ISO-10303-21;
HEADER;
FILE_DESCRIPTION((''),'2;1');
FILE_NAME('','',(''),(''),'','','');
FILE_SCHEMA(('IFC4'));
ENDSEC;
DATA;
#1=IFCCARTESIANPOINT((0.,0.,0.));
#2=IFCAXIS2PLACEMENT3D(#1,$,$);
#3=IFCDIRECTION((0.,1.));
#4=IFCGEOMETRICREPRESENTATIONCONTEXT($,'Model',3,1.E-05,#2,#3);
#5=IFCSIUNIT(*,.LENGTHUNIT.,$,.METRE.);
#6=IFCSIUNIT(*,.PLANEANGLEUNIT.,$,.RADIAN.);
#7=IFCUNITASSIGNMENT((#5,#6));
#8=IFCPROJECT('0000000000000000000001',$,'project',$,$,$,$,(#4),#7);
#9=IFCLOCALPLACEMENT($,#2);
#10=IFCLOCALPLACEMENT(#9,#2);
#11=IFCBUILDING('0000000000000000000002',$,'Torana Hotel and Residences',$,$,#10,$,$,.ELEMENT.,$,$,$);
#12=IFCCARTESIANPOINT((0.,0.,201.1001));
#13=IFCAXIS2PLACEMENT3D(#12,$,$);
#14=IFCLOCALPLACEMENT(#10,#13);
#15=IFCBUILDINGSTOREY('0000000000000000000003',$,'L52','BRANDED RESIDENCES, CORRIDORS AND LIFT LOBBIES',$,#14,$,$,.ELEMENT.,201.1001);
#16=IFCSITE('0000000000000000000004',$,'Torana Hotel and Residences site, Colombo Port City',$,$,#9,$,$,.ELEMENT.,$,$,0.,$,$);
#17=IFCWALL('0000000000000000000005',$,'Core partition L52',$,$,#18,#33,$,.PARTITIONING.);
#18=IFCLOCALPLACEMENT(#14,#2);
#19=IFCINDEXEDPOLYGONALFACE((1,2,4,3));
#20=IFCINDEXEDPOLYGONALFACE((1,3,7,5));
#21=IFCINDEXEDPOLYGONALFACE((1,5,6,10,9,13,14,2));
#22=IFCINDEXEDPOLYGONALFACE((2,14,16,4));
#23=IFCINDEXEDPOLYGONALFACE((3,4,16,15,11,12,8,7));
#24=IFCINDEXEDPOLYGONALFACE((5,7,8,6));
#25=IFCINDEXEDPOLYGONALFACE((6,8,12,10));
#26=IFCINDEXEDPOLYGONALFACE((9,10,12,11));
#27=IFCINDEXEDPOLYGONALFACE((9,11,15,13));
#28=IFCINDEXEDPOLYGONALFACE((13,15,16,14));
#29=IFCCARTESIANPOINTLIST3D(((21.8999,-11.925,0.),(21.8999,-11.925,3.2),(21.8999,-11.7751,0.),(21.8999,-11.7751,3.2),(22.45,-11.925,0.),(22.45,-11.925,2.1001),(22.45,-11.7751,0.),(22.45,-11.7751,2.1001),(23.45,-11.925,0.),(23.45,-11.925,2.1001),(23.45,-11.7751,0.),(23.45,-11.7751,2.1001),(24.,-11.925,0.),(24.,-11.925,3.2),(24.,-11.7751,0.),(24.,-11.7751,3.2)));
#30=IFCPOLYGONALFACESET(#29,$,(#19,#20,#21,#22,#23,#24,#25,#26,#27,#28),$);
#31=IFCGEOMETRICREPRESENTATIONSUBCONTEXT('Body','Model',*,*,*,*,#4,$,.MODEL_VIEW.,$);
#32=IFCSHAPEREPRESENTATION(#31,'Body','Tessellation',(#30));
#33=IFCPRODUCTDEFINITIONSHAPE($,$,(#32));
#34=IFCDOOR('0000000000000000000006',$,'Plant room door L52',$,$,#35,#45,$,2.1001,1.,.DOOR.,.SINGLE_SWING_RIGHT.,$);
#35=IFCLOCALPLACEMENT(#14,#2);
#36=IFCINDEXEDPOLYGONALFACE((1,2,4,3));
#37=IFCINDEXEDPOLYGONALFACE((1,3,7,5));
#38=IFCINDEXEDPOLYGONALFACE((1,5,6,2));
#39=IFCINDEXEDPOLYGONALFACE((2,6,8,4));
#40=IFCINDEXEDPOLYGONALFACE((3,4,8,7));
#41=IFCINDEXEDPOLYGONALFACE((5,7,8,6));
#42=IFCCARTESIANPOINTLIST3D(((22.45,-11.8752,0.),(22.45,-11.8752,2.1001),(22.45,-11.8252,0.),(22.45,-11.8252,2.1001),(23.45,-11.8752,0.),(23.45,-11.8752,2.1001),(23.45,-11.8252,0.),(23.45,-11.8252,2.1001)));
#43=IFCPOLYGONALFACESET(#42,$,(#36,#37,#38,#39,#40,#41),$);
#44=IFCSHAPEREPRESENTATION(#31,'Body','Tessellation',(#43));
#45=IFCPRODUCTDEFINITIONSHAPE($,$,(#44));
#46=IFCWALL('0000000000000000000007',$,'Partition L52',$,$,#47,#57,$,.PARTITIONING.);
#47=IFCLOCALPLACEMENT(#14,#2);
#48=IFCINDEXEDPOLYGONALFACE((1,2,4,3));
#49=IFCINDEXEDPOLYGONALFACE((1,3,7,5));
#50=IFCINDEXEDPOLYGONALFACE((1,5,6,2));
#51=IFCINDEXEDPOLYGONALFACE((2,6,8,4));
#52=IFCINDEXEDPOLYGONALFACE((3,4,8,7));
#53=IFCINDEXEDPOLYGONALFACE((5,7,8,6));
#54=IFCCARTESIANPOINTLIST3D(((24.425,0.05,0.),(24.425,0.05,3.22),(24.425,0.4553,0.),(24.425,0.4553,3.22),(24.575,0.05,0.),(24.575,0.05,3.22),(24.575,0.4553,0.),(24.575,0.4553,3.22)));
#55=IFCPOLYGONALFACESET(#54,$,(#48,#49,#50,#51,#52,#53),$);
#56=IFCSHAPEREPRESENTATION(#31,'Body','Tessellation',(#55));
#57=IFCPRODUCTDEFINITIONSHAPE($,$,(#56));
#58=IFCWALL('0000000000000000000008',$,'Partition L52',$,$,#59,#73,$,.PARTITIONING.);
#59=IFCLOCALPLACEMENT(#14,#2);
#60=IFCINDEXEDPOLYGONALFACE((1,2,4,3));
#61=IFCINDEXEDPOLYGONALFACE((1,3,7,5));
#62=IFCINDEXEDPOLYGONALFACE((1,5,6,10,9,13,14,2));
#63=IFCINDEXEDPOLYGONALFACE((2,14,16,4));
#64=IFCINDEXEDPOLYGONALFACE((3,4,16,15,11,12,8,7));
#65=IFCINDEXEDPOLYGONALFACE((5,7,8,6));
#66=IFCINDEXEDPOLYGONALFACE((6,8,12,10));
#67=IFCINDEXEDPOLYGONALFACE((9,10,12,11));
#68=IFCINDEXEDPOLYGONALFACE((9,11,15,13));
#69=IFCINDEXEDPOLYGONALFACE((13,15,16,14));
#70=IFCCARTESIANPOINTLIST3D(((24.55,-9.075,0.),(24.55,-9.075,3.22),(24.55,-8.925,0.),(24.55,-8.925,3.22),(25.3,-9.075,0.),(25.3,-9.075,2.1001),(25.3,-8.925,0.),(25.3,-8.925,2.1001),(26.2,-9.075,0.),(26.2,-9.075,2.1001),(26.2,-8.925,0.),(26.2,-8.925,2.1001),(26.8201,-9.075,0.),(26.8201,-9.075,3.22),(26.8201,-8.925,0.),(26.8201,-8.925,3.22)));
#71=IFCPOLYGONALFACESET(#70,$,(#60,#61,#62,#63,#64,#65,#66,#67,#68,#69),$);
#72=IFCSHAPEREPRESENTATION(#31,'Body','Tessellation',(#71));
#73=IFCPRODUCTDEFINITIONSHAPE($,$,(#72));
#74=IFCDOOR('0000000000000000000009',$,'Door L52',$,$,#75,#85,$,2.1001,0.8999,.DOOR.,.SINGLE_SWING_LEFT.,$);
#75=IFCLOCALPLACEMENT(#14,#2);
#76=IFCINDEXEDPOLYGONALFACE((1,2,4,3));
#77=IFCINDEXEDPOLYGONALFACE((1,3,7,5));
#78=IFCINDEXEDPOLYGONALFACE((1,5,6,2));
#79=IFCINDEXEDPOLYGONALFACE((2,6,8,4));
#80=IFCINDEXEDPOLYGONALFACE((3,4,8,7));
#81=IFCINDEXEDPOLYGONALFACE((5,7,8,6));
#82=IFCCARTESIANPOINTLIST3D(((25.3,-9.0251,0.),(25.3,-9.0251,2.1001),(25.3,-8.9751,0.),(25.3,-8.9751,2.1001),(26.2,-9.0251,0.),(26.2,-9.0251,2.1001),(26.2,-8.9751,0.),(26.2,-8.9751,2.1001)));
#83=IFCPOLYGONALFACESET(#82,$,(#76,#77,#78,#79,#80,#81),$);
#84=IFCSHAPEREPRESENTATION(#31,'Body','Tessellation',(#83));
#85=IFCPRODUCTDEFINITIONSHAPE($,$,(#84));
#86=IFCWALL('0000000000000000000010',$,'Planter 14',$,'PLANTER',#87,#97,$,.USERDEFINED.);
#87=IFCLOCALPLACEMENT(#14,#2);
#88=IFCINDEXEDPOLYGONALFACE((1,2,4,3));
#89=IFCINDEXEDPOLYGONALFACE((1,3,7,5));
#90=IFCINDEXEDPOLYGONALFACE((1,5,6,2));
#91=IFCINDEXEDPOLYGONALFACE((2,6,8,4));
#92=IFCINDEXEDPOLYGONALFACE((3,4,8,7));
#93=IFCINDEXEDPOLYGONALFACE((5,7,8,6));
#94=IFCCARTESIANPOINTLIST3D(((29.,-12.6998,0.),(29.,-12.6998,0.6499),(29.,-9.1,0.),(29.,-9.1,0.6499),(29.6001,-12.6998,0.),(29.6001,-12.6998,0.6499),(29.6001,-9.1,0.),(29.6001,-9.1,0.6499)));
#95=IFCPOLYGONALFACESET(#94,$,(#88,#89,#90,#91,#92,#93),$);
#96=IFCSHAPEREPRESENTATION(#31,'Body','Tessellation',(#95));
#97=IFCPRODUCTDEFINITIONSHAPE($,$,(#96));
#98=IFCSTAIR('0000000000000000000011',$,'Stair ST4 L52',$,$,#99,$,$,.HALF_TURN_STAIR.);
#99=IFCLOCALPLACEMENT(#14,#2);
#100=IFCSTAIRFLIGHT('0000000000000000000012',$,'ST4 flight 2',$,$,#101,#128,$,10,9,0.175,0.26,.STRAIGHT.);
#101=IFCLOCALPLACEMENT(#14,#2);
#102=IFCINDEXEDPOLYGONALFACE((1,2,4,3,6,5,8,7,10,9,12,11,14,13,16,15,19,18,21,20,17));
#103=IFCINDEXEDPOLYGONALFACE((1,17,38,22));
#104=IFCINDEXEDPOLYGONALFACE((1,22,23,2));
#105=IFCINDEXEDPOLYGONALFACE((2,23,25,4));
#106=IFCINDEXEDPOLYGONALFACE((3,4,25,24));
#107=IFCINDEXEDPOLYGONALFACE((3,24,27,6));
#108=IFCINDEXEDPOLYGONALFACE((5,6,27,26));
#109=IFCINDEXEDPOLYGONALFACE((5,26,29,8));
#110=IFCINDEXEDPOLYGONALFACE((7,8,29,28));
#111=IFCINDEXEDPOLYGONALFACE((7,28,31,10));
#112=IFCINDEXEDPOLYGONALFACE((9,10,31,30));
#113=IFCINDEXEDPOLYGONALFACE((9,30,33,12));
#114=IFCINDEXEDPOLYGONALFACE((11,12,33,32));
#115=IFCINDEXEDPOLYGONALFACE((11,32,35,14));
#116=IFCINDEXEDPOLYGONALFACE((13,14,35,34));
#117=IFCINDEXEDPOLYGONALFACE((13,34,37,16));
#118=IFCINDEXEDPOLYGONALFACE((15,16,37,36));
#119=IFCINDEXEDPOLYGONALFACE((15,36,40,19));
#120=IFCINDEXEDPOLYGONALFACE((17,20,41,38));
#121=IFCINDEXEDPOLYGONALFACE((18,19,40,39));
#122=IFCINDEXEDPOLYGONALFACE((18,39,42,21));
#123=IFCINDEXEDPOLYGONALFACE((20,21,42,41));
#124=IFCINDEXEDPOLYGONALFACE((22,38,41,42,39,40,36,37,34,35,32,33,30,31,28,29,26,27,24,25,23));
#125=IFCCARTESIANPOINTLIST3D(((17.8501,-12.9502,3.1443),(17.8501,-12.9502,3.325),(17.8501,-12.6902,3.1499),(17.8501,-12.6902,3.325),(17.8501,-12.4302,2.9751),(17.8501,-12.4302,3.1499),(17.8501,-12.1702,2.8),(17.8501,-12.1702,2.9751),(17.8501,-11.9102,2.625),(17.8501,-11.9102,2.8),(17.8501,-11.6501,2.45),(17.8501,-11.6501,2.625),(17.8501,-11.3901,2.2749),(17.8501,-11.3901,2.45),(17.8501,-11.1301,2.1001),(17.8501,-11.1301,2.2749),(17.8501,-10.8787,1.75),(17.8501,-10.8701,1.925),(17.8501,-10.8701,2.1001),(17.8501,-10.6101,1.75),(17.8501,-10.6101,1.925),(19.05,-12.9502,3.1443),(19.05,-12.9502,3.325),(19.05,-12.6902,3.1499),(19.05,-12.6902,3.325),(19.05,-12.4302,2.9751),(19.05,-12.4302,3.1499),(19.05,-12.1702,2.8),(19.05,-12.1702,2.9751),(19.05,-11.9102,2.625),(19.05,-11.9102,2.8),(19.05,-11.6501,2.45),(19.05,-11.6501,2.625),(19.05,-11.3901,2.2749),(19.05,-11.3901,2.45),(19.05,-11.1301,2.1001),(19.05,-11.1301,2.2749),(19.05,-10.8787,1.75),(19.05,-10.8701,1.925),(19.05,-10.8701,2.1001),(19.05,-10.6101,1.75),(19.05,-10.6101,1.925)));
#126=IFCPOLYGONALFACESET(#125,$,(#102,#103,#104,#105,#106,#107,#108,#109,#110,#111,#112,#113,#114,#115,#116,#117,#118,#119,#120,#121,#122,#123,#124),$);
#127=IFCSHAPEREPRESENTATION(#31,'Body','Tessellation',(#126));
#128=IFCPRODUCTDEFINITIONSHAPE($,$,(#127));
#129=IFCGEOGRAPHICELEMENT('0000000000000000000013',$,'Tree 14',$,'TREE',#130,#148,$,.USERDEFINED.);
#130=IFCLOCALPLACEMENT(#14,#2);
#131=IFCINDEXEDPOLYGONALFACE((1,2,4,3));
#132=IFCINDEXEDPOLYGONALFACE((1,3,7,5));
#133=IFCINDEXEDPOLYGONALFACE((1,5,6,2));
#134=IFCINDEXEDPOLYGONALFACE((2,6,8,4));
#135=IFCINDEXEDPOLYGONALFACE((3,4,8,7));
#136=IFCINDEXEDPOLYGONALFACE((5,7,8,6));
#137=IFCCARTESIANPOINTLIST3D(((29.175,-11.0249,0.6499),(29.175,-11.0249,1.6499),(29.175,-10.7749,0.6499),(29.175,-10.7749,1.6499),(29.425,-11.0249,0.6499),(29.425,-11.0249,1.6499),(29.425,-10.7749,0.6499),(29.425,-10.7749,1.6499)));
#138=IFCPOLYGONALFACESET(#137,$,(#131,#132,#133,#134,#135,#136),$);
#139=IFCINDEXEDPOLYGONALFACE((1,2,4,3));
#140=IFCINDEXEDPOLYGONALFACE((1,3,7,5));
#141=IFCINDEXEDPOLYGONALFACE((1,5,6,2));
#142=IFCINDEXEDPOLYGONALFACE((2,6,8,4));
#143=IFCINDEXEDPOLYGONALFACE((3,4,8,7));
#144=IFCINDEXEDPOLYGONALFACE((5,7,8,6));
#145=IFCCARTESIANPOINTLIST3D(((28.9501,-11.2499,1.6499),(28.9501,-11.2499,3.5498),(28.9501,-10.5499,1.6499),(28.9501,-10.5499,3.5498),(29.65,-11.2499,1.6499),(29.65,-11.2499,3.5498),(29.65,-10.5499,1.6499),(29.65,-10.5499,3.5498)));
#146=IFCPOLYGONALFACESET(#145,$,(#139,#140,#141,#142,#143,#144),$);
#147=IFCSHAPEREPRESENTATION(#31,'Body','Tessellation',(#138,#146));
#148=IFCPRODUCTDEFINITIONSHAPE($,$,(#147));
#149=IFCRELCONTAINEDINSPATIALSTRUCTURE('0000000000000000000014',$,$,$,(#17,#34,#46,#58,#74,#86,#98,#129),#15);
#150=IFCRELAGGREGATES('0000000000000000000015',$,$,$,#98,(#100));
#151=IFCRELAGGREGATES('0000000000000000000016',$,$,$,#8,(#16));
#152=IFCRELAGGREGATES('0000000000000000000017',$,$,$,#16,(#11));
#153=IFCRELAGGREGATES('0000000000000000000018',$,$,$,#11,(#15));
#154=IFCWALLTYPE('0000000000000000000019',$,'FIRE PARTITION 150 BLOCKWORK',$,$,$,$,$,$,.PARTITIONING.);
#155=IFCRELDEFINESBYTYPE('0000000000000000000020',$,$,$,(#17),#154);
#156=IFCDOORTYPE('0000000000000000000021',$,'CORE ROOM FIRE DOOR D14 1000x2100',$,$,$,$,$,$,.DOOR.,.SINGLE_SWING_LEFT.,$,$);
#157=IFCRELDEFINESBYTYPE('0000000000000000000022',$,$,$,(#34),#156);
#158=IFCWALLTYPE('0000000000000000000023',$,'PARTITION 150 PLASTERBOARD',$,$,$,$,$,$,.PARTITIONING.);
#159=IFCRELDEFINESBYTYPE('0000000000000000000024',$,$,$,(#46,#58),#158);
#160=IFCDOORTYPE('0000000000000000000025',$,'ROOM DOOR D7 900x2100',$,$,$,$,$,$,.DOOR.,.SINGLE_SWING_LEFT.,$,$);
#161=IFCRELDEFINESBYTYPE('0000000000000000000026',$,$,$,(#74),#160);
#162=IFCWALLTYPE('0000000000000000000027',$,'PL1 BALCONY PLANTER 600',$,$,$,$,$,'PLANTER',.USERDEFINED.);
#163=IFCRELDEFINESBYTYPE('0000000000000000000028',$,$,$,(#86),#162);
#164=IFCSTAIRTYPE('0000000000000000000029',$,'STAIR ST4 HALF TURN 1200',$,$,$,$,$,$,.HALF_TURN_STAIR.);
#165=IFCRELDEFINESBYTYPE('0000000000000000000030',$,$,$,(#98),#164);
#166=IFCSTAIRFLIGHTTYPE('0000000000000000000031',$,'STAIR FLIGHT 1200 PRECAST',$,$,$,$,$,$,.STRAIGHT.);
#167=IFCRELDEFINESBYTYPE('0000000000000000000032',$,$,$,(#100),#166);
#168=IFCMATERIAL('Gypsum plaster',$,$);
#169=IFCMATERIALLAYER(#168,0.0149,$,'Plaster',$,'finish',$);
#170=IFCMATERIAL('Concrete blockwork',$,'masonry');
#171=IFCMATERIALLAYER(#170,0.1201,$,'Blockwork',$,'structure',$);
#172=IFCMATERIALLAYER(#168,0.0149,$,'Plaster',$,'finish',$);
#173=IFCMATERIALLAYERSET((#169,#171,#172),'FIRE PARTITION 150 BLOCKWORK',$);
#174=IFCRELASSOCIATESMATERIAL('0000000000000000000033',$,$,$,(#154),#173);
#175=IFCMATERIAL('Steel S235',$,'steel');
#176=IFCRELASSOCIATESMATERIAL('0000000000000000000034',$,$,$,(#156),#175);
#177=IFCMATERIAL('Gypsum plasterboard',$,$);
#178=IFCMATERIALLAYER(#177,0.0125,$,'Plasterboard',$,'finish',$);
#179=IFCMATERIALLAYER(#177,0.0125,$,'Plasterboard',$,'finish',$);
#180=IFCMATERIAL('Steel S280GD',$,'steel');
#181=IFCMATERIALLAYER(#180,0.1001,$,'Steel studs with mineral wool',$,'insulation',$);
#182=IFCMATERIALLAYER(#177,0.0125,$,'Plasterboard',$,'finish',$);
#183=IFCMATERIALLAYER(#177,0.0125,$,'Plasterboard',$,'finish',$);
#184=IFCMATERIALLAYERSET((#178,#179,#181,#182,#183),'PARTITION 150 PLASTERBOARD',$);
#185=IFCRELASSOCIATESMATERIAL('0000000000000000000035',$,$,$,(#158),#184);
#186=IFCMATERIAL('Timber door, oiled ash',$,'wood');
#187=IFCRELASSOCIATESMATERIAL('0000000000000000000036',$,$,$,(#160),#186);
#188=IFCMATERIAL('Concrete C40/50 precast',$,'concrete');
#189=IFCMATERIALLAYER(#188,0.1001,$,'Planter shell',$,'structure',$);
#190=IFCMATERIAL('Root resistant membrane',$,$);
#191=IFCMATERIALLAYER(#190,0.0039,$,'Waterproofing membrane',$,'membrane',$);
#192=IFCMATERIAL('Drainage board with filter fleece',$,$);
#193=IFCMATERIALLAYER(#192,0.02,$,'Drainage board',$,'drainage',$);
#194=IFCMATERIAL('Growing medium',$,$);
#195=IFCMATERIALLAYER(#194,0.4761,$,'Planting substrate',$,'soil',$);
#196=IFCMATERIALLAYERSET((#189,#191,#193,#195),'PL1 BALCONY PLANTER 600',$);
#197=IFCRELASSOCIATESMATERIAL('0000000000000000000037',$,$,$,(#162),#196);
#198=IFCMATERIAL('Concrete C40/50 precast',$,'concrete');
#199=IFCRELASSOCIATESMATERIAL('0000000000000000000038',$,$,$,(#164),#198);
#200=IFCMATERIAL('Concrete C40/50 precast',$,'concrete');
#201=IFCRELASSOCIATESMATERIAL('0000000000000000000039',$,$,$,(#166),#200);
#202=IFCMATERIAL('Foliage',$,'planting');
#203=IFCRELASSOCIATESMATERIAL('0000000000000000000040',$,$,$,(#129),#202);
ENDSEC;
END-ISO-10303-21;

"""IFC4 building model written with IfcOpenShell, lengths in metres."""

from ifc_helpers import new_model, si_unit, direction, frame, frame_2d, origin, origin_2d, place, context, subcontext, project, spatial, polyline, rectangle, outline, extrude, material, layer, layer_set, type_object, element, fill, aggregate, save


model = new_model("IFC4")

# Units and contexts
model_context = context("Model", 3, precision=1e-05, world=origin(), true_north=direction((0.0, 1.0)))
body_context = subcontext(model_context, "Body", "Model", "MODEL_VIEW")
ifc_project = project(units=[si_unit("LENGTHUNIT", "METRE"), si_unit("PLANEANGLEUNIT", "RADIAN")], contexts=[model_context])

# Site, building, storey
site_placement = place(None, origin())
site = spatial("IfcSite", under=ifc_project, at=site_placement, Name="Torana Hotel and Residences site, Colombo Port City", CompositionType="ELEMENT", RefElevation=0.0)
building_placement = place(site_placement, origin())
building = spatial("IfcBuilding", under=site, at=building_placement, Name="Torana Hotel and Residences", CompositionType="ELEMENT")
storey_placement = place(building_placement, frame((0.0, 0.0, 201.1001)))
storey = spatial("IfcBuildingStorey", under=building, at=storey_placement, Name="L52", Description="BRANDED RESIDENCES, CORRIDORS AND LIFT LOBBIES", CompositionType="ELEMENT", Elevation=201.1001)

# Shared definitions
ifc_material_1 = material(Name="Steel S280GD", Category="steel")

# Shared definitions
ifc_material_2 = material(Name="Concrete C40/50 precast", Category="concrete")

# Wall, opening, door
ifc_material_3 = material(Name="Gypsum plaster")
ifc_layer_1 = layer(ifc_material_3, 0.0149, Name="Plaster", Category="finish")
ifc_material_4 = material(Name="Concrete blockwork", Category="masonry")
ifc_layer_2 = layer(ifc_material_4, 0.1201, Name="Blockwork", Category="structure")
ifc_layer_3 = layer(ifc_material_3, 0.0149, Name="Plaster", Category="finish")
ifc_layer_set_1 = layer_set([ifc_layer_1, ifc_layer_2, ifc_layer_3], Name="FIRE PARTITION 150 BLOCKWORK")
wall_type_1 = type_object("IfcWallType", Name="FIRE PARTITION 150 BLOCKWORK", PredefinedType="PARTITIONING", material=ifc_layer_set_1)
wall_1_placement = place(storey_placement, frame((21.8999, -11.8501, 0.0), z_axis=(0.0, 0.0, 1.0), x_axis=(1.0, 0.0, 0.0)))
wall_1 = element("IfcWall", 1, at=wall_1_placement, inside=storey, type_object=wall_type_1, Name="Core partition L52", PredefinedType="PARTITIONING", context=body_context, shape_type="SweptSolid", body=[
    extrude(rectangle(XDim=2.1001, YDim=0.1499, at=frame_2d((1.05, 0.0))), origin(), (0.0, 0.0, 1.0), 3.2),
])
opening_1_placement = place(wall_1_placement, frame((0.55, 0.0, 0.0)))
opening_1 = element("IfcOpeningElement", 2, at=opening_1_placement, cuts=wall_1, PredefinedType="OPENING", context=body_context, shape_type="SweptSolid", body=[
    extrude(rectangle(XDim=1.0, YDim=2.1001, at=frame_2d((0.5, 1.05))), frame((0.0, 0.085, 0.0), z_axis=(0.0, -1.0, 0.0), x_axis=(1.0, 0.0, 0.0)), (0.0, 0.0, 1.0), 0.1699),
])
ifc_material_5 = material(Name="Steel S235", Category="steel")
door_type_1 = type_object("IfcDoorType", Name="CORE ROOM FIRE DOOR D14 1000x2100", OperationType="SINGLE_SWING_LEFT", PredefinedType="DOOR", material=ifc_material_5)
door_1_placement = place(opening_1_placement, origin())
door_1 = element("IfcDoor", 3, at=door_1_placement, inside=storey, type_object=door_type_1, Name="Plant room door L52", OperationType="SINGLE_SWING_RIGHT", OverallHeight=2.1001, OverallWidth=1.0, PredefinedType="DOOR", context=body_context, shape_type="SweptSolid", body=[
    extrude(rectangle(XDim=1.0, YDim=2.1001, at=frame_2d((0.5, 1.05))), frame((0.0, 0.0249, 0.0), z_axis=(0.0, -1.0, 0.0), x_axis=(1.0, 0.0, 0.0)), (0.0, 0.0, 1.0), 0.05),
])
fill(opening_1, door_1)

# Wall
ifc_material_6 = material(Name="Gypsum plasterboard")
ifc_layer_4 = layer(ifc_material_6, 0.0125, Name="Plasterboard", Category="finish")
ifc_layer_5 = layer(ifc_material_6, 0.0125, Name="Plasterboard", Category="finish")
ifc_layer_6 = layer(ifc_material_1, 0.1001, Name="Steel studs with mineral wool", Category="insulation")
ifc_layer_7 = layer(ifc_material_6, 0.0125, Name="Plasterboard", Category="finish")
ifc_layer_8 = layer(ifc_material_6, 0.0125, Name="Plasterboard", Category="finish")
ifc_layer_set_2 = layer_set([ifc_layer_4, ifc_layer_5, ifc_layer_6, ifc_layer_7, ifc_layer_8], Name="PARTITION 150 PLASTERBOARD")
wall_type_2 = type_object("IfcWallType", Name="PARTITION 150 PLASTERBOARD", PredefinedType="PARTITIONING", material=ifc_layer_set_2)
wall_2_placement = place(storey_placement, frame((24.5, 0.05, 0.0), z_axis=(0.0, 0.0, 1.0), x_axis=(0.0, 1.0, 0.0)))
element("IfcWall", 4, at=wall_2_placement, inside=storey, type_object=wall_type_2, Name="Partition L52", PredefinedType="PARTITIONING", context=body_context, shape_type="SweptSolid", body=[
    extrude(rectangle(XDim=0.4053, YDim=0.1499, at=frame_2d((0.2026, 0.0))), origin(), (0.0, 0.0, 1.0), 3.22),
])

# Wall, opening, door
wall_3_placement = place(storey_placement, frame((24.55, -9.0, 0.0), z_axis=(0.0, 0.0, 1.0), x_axis=(1.0, 0.0, 0.0)))
wall_3 = element("IfcWall", 5, at=wall_3_placement, inside=storey, type_object=wall_type_2, Name="Partition L52", PredefinedType="PARTITIONING", context=body_context, shape_type="SweptSolid", body=[
    extrude(rectangle(XDim=2.27, YDim=0.1499, at=frame_2d((1.135, 0.0))), origin(), (0.0, 0.0, 1.0), 3.22),
])
opening_2_placement = place(wall_3_placement, frame((0.75, 0.0, 0.0)))
opening_2 = element("IfcOpeningElement", 6, at=opening_2_placement, cuts=wall_3, PredefinedType="OPENING", context=body_context, shape_type="SweptSolid", body=[
    extrude(rectangle(XDim=0.8999, YDim=2.1001, at=frame_2d((0.45, 1.05))), frame((0.0, 0.085, 0.0), z_axis=(0.0, -1.0, 0.0), x_axis=(1.0, 0.0, 0.0)), (0.0, 0.0, 1.0), 0.1699),
])
ifc_material_7 = material(Name="Timber door, oiled ash", Category="wood")
door_type_2 = type_object("IfcDoorType", Name="ROOM DOOR D7 900x2100", OperationType="SINGLE_SWING_LEFT", PredefinedType="DOOR", material=ifc_material_7)
door_2_placement = place(opening_2_placement, origin())
door_2 = element("IfcDoor", 7, at=door_2_placement, inside=storey, type_object=door_type_2, Name="Door L52", OperationType="SINGLE_SWING_LEFT", OverallHeight=2.1001, OverallWidth=0.8999, PredefinedType="DOOR", context=body_context, shape_type="SweptSolid", body=[
    extrude(rectangle(XDim=0.8999, YDim=2.1001, at=frame_2d((0.45, 1.05))), frame((0.0, 0.0249, 0.0), z_axis=(0.0, -1.0, 0.0), x_axis=(1.0, 0.0, 0.0)), (0.0, 0.0, 1.0), 0.05),
])
fill(opening_2, door_2)

# Wall
ifc_layer_9 = layer(ifc_material_2, 0.1001, Name="Planter shell", Category="structure")
ifc_material_8 = material(Name="Root resistant membrane")
ifc_layer_10 = layer(ifc_material_8, 0.0039, Name="Waterproofing membrane", Category="membrane")
ifc_material_9 = material(Name="Drainage board with filter fleece")
ifc_layer_11 = layer(ifc_material_9, 0.02, Name="Drainage board", Category="drainage")
ifc_material_10 = material(Name="Growing medium")
ifc_layer_12 = layer(ifc_material_10, 0.4761, Name="Planting substrate", Category="soil")
ifc_layer_set_3 = layer_set([ifc_layer_9, ifc_layer_10, ifc_layer_11, ifc_layer_12], Name="PL1 BALCONY PLANTER 600")
wall_type_3 = type_object("IfcWallType", Name="PL1 BALCONY PLANTER 600", ElementType="PLANTER", PredefinedType="USERDEFINED", material=ifc_layer_set_3)
wall_4_placement = place(storey_placement, frame((29.3, -9.1001, 0.0), z_axis=(0.0, 0.0, 1.0), x_axis=(0.0, -1.0, 0.0)))
element("IfcWall", 8, at=wall_4_placement, inside=storey, type_object=wall_type_3, Name="Planter 14", ObjectType="PLANTER", PredefinedType="USERDEFINED", context=body_context, shape_type="SweptSolid", body=[
    extrude(rectangle(XDim=3.5999, YDim=0.6001, at=frame_2d((1.7998, 0.0))), origin(), (0.0, 0.0, 1.0), 0.6499),
])

# Stair, stair flight
ifc_material_11 = material(Name="Concrete C40/50 precast", Category="concrete")
stair_type = type_object("IfcStairType", Name="STAIR ST4 HALF TURN 1200", PredefinedType="HALF_TURN_STAIR", material=ifc_material_11)
stair_placement = place(storey_placement, origin())
stair = element("IfcStair", 9, at=stair_placement, inside=storey, type_object=stair_type, Name="Stair ST4 L52", PredefinedType="HALF_TURN_STAIR")
ifc_material_12 = material(Name="Concrete C40/50 precast", Category="concrete")
stair_flight_type = type_object("IfcStairFlightType", Name="STAIR FLIGHT 1200 PRECAST", PredefinedType="STRAIGHT", material=ifc_material_12)
stair_flight_placement = place(storey_placement, frame((18.45, -10.6101, 1.75), z_axis=(0.0, 0.0, 1.0), x_axis=(0.0, -1.0, 0.0)))
stair_flight = element("IfcStairFlight", 10, at=stair_flight_placement, type_object=stair_flight_type, Name="ST4 flight 2", NumberOfRisers=10, NumberOfTreads=9, PredefinedType="STRAIGHT", RiserHeight=0.175, TreadLength=0.26, context=body_context, shape_type="SweptSolid", body=[
    extrude(outline(polyline([(0.0, 0.0), (0.0, 0.175), (0.26, 0.175), (0.26, 0.3501), (0.52, 0.3501), (0.52, 0.5249), (0.78, 0.5249), (0.78, 0.7), (1.04, 0.7), (1.04, 0.875), (1.3, 0.875), (1.3, 1.05), (1.5601, 1.05), (1.5601, 1.2251), (1.8201, 1.2251), (1.8201, 1.3999), (2.0801, 1.3999), (2.0801, 1.575), (2.3401, 1.575), (2.3401, 1.75), (2.3401, 1.3943), (0.2686, 0.0), (0.0, 0.0)])), frame((0.0, 0.6001, 0.0), z_axis=(0.0, -1.0, 0.0), x_axis=(1.0, 0.0, 0.0)), (0.0, 0.0, 1.0), 1.2),
])
aggregate(stair, [stair_flight])

# Geographic element
ifc_material_13 = material(Name="Foliage", Category="planting")
geographic_element_placement = place(storey_placement, frame((29.3, -10.8999, 0.6499), z_axis=(0.0, 0.0, 1.0), x_axis=(1.0, 0.0, 0.0)))
element("IfcGeographicElement", 11, at=geographic_element_placement, inside=storey, material=ifc_material_13, Name="Tree 14", ObjectType="TREE", PredefinedType="USERDEFINED", context=body_context, shape_type="SweptSolid", body=[
    extrude(rectangle(XDim=0.25, YDim=0.25, at=origin_2d()), origin(), (0.0, 0.0, 1.0), 1.0),
    extrude(rectangle(XDim=0.7, YDim=0.7, at=origin_2d()), frame((0.0, 0.0, 1.0)), (0.0, 0.0, 1.0), 1.8999),
])

save(model, "model.ifc")
